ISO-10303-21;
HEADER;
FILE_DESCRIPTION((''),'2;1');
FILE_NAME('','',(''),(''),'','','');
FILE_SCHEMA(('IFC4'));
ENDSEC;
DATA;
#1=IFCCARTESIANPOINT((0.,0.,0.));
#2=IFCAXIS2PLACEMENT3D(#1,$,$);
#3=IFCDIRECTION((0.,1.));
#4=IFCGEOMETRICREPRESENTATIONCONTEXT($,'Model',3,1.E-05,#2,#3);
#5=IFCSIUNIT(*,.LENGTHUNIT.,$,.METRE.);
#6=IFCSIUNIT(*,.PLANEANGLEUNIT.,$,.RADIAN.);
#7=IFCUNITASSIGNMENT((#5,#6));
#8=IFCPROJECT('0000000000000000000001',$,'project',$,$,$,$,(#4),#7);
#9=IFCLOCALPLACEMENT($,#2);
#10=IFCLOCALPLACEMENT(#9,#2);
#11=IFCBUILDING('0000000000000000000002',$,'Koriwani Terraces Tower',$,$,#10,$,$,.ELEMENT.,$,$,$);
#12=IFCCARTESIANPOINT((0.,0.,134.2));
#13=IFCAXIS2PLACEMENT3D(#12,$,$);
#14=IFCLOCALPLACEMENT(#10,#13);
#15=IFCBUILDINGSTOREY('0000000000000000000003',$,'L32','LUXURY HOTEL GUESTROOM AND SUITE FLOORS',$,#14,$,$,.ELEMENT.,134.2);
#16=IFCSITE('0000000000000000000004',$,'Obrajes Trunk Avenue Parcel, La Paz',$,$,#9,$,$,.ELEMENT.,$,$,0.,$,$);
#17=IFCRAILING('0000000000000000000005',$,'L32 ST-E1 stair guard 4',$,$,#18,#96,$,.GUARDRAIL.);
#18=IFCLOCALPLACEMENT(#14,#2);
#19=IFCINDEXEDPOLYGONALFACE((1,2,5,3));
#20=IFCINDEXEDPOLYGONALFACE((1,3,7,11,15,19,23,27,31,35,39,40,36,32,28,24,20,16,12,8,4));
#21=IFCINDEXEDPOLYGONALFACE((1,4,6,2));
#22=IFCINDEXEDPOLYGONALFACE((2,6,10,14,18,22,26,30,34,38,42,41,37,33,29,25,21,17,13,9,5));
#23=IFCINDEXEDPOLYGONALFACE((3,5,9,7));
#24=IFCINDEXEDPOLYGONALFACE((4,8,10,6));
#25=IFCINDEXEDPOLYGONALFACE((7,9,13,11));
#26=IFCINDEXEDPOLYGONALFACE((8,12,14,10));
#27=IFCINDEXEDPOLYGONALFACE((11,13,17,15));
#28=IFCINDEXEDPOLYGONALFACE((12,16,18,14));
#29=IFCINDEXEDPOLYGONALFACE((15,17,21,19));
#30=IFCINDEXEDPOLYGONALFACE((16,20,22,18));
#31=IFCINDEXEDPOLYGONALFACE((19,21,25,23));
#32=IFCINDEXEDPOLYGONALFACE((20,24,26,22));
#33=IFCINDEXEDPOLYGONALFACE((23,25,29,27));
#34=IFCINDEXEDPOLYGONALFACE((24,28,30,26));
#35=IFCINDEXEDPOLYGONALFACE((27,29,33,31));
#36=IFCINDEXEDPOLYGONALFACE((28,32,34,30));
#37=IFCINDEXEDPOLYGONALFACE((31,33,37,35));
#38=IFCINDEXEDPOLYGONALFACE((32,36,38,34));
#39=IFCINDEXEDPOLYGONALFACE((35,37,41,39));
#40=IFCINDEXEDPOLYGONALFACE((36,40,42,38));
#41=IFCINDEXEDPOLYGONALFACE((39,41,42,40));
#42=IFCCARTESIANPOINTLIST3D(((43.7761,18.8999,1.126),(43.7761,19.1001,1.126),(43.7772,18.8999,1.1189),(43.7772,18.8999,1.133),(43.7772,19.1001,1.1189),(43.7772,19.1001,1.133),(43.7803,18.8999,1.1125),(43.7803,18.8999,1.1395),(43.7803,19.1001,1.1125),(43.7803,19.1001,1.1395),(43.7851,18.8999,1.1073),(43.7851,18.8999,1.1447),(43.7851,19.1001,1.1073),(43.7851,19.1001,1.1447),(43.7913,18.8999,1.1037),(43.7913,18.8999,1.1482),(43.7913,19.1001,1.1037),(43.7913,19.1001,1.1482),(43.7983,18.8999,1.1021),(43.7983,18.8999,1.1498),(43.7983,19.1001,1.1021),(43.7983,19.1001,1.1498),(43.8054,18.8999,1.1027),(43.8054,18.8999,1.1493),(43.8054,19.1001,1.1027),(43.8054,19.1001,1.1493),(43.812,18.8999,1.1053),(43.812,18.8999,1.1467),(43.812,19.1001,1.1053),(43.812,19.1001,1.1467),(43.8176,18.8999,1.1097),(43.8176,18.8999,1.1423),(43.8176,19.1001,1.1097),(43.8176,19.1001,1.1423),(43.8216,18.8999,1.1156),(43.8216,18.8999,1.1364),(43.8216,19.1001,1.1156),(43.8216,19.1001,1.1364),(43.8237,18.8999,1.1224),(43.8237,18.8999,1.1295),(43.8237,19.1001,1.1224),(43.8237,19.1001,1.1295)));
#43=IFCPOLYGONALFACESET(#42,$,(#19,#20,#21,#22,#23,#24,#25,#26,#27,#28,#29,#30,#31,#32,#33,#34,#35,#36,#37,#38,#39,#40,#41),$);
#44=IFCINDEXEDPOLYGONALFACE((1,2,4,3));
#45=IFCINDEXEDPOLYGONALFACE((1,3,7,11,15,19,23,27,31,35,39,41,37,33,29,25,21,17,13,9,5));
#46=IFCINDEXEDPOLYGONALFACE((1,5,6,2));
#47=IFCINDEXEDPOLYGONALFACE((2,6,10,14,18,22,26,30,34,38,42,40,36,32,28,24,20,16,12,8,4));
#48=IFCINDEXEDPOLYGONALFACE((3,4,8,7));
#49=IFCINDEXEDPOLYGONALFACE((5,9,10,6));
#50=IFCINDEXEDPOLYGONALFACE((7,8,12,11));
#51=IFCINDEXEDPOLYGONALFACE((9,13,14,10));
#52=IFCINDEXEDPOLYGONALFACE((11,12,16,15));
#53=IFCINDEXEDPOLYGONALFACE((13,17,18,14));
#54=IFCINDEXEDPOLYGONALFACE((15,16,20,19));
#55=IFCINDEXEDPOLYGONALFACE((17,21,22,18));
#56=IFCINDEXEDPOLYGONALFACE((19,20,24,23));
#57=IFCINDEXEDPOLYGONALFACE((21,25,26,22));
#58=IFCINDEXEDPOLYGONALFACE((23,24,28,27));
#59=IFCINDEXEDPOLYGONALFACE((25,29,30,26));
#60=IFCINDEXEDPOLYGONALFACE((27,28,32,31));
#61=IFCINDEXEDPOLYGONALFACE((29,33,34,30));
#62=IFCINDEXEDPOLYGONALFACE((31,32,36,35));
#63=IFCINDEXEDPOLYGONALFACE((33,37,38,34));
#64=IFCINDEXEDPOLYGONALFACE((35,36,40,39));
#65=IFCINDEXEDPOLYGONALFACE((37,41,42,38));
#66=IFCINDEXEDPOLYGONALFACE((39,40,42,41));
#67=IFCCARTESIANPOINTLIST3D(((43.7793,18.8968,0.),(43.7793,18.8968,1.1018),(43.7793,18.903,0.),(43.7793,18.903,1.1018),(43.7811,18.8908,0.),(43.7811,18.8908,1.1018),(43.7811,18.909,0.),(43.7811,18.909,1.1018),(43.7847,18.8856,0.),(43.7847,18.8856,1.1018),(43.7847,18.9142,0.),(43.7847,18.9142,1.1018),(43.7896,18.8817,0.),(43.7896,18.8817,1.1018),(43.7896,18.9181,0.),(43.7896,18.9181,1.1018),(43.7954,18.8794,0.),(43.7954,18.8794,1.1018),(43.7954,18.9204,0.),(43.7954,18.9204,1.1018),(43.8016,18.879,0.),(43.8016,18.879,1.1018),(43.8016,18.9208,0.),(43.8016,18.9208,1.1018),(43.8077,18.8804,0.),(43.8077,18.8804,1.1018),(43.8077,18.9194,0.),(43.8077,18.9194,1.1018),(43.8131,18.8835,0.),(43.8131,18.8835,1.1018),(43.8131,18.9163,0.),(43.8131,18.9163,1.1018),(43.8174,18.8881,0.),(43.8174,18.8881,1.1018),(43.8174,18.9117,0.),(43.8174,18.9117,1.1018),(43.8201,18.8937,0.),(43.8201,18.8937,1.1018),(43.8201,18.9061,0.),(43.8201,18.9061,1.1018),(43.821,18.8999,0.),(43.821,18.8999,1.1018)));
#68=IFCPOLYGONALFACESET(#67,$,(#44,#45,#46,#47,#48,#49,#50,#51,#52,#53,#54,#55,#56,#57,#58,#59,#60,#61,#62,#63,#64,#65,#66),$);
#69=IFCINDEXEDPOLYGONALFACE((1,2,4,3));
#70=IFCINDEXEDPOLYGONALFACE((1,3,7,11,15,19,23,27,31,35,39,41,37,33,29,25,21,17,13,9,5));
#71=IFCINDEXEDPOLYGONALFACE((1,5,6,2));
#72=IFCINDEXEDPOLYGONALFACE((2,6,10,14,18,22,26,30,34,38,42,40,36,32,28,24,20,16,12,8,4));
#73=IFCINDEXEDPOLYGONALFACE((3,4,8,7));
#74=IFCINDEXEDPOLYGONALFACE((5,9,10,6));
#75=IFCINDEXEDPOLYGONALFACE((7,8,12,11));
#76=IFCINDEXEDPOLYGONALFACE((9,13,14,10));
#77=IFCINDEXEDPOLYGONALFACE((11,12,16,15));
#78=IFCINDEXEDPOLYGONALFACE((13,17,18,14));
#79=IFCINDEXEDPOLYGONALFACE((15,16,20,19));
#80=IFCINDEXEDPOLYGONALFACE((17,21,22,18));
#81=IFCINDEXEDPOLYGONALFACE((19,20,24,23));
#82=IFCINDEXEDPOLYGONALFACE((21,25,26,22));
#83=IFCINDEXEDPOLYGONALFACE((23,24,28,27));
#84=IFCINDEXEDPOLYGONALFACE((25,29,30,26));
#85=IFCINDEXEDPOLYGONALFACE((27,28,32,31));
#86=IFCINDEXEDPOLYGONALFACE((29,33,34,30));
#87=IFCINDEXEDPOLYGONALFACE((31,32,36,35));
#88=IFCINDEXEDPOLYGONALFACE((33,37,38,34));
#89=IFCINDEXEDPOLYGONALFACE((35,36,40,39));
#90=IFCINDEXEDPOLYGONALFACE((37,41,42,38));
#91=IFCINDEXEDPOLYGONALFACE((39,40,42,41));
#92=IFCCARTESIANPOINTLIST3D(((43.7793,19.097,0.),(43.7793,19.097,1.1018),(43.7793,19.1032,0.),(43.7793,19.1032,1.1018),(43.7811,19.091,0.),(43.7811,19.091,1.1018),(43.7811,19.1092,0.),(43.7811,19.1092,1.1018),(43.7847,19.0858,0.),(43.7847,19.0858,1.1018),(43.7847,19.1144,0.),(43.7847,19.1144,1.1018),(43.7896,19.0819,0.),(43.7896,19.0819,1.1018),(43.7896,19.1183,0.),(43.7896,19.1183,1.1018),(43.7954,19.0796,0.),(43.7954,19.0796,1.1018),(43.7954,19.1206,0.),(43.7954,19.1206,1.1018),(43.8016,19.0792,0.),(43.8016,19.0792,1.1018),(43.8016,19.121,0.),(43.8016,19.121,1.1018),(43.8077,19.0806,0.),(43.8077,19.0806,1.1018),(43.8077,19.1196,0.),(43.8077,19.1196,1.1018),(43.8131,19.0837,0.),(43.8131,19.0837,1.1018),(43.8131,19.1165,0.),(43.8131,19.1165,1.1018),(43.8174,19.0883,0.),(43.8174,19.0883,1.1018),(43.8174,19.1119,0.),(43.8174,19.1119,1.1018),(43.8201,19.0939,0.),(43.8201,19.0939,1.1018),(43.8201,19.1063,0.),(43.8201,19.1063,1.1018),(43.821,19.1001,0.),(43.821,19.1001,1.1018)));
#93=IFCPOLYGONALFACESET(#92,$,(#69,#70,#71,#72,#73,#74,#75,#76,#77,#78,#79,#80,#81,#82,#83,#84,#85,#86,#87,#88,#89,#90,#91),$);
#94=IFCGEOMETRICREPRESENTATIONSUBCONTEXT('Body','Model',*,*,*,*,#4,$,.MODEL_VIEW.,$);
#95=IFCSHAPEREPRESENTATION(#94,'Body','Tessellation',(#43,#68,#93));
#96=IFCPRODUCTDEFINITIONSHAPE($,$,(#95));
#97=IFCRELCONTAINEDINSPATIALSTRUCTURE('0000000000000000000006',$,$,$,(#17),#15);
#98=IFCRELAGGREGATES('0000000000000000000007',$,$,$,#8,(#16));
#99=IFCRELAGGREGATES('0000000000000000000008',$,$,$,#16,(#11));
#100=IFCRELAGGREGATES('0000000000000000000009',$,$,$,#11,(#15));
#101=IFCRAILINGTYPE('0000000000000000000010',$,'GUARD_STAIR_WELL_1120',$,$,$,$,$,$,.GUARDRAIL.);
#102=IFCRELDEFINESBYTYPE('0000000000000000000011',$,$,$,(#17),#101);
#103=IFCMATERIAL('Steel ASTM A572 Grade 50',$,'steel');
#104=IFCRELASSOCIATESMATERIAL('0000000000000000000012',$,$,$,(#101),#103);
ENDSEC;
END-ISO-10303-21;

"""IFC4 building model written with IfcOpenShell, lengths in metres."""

from ifc_helpers import new_model, si_unit, direction, frame, origin, origin_2d, place, context, subcontext, project, spatial, circle, extrude, material, type_object, element, save


model = new_model("IFC4")

# Units and contexts
model_context = context("Model", 3, precision=1e-05, world=origin(), true_north=direction((0.0, 1.0)))
body_context = subcontext(model_context, "Body", "Model", "MODEL_VIEW")
ifc_project = project(units=[si_unit("LENGTHUNIT", "METRE"), si_unit("PLANEANGLEUNIT", "RADIAN")], contexts=[model_context])

# Site, building, storey
site_placement = place(None, origin())
site = spatial("IfcSite", under=ifc_project, at=site_placement, Name="Obrajes Trunk Avenue Parcel, La Paz", CompositionType="ELEMENT", RefElevation=0.0)
building_placement = place(site_placement, origin())
building = spatial("IfcBuilding", under=site, at=building_placement, Name="Koriwani Terraces Tower", CompositionType="ELEMENT")
storey_placement = place(building_placement, frame((0.0, 0.0, 134.2)))
storey = spatial("IfcBuildingStorey", under=building, at=storey_placement, Name="L32", Description="LUXURY HOTEL GUESTROOM AND SUITE FLOORS", CompositionType="ELEMENT", Elevation=134.2)

# Shared definitions
ifc_material_1 = material(Name="Steel ASTM A572 Grade 50", Category="steel")

# Railing
railing_type_1 = type_object("IfcRailingType", Name="GUARD_STAIR_WELL_1120", PredefinedType="GUARDRAIL", material=ifc_material_1)
railing_1_placement = place(storey_placement, frame((43.8, 18.8999, 0.0)))
element("IfcRailing", 1, at=railing_1_placement, inside=storey, type_object=railing_type_1, Name="L32 ST-E1 stair guard 4", PredefinedType="GUARDRAIL", context=body_context, shape_type="SweptSolid", body=[
    extrude(circle(Radius=0.0239, at=origin_2d()), frame((0.0, 0.0, 1.126), z_axis=(0.0, 1.0, 0.0), x_axis=(-1.0, 0.0, 0.0)), (0.0, 0.0, 1.0), 0.2002),
    extrude(circle(Radius=0.021, at=origin_2d()), origin(), (0.0, 0.0, 1.0), 1.1018),
    extrude(circle(Radius=0.021, at=origin_2d()), frame((0.0, 0.2002, 0.0)), (0.0, 0.0, 1.0), 1.1018),
])

save(model, "model.ifc")
